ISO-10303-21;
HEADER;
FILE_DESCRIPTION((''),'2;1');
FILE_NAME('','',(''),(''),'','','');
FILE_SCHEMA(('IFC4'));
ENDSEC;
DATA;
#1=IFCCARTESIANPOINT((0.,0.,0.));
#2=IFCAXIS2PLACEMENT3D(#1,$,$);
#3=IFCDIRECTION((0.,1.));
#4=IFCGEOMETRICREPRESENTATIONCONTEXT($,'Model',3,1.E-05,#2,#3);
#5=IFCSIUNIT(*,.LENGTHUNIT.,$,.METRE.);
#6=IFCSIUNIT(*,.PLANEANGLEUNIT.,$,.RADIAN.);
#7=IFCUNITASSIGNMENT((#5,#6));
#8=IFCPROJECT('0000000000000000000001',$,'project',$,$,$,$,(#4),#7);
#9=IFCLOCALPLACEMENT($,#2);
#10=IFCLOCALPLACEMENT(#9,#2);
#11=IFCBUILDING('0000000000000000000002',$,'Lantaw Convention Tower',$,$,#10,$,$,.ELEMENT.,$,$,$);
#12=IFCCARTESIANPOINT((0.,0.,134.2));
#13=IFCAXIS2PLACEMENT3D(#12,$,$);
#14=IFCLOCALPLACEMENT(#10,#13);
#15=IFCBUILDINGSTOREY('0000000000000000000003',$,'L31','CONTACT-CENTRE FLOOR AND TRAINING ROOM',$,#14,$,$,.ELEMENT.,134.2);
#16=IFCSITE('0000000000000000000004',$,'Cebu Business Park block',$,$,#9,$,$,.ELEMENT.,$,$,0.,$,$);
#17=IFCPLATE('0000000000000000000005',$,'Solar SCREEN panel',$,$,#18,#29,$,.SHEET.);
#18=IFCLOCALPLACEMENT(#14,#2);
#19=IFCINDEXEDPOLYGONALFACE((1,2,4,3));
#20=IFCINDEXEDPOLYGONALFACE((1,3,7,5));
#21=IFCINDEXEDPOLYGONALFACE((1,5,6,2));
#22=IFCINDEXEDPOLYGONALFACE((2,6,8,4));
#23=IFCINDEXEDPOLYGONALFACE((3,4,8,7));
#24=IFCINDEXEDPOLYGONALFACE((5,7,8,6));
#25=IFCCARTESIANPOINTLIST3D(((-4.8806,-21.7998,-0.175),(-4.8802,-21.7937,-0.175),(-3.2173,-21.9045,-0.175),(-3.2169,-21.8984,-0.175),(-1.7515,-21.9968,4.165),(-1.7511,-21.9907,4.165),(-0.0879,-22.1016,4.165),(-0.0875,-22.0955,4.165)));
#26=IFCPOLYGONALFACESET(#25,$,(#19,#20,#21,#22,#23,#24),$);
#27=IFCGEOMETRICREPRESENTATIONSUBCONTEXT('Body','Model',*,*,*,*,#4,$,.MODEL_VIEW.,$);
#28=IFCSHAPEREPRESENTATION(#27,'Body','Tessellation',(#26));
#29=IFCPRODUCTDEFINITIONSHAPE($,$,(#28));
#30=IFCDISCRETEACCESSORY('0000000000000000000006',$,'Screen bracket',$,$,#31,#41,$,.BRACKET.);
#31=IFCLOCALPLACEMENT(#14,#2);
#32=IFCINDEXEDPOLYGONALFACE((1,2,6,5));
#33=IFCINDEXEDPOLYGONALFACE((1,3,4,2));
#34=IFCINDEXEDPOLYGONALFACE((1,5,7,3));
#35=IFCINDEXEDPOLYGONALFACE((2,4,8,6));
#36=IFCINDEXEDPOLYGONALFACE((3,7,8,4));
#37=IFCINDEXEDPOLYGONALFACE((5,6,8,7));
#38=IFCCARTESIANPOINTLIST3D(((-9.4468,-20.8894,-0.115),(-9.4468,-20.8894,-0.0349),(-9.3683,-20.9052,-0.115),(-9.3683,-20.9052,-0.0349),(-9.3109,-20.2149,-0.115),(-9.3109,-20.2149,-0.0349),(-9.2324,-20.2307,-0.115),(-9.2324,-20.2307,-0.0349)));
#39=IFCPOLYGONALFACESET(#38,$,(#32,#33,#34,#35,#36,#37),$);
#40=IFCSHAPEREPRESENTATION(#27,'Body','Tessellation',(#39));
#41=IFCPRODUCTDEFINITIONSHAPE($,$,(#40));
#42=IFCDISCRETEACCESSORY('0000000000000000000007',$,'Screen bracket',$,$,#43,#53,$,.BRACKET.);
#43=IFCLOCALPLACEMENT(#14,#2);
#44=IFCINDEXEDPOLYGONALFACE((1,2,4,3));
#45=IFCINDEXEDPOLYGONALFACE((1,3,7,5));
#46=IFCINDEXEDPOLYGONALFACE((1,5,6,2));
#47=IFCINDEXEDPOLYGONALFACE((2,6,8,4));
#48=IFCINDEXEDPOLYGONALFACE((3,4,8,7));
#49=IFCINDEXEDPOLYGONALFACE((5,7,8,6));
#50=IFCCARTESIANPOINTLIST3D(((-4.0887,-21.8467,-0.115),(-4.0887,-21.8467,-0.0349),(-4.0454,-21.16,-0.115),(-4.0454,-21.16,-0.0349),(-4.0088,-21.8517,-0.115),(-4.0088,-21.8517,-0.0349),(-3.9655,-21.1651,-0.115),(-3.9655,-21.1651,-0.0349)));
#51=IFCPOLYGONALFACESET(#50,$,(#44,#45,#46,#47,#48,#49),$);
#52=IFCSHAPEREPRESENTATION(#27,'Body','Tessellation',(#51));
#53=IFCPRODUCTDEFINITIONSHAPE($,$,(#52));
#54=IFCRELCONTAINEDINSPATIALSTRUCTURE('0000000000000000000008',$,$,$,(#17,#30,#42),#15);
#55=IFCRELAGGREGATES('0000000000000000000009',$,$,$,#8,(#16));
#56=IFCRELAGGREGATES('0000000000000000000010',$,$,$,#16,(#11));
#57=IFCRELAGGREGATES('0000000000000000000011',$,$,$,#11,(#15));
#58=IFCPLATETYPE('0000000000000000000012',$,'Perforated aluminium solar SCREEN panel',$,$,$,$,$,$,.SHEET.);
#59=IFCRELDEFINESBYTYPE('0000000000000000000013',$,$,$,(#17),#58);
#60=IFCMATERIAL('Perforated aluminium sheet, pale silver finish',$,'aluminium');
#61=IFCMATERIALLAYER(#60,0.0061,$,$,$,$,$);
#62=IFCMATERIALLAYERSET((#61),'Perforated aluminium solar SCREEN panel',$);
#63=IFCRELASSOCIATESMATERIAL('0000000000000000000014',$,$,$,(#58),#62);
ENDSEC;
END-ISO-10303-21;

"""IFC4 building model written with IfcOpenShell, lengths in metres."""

from ifc_helpers import new_model, si_unit, direction, frame, origin, origin_2d, place, context, subcontext, project, spatial, polyline, rectangle, outline, extrude, material, layer, layer_set, type_object, element, save


model = new_model("IFC4")

# Units and contexts
model_context = context("Model", 3, precision=1e-05, world=origin(), true_north=direction((0.0, 1.0)))
body_context = subcontext(model_context, "Body", "Model", "MODEL_VIEW")
ifc_project = project(units=[si_unit("LENGTHUNIT", "METRE"), si_unit("PLANEANGLEUNIT", "RADIAN")], contexts=[model_context])

# Site, building, storey
site_placement = place(None, origin())
site = spatial("IfcSite", under=ifc_project, at=site_placement, Name="Cebu Business Park block", CompositionType="ELEMENT", RefElevation=0.0)
building_placement = place(site_placement, origin())
building = spatial("IfcBuilding", under=site, at=building_placement, Name="Lantaw Convention Tower", CompositionType="ELEMENT")
storey_placement = place(building_placement, frame((0.0, 0.0, 134.2)))
storey = spatial("IfcBuildingStorey", under=building, at=storey_placement, Name="L31", Description="CONTACT-CENTRE FLOOR AND TRAINING ROOM", CompositionType="ELEMENT", Elevation=134.2)

# Plate
ifc_material_1 = material(Name="Perforated aluminium sheet, pale silver finish", Category="aluminium")
ifc_layer_1 = layer(ifc_material_1, 0.0061)
ifc_layer_set_1 = layer_set([ifc_layer_1], Name="Perforated aluminium solar SCREEN panel")
plate_type_1 = type_object("IfcPlateType", Name="Perforated aluminium solar SCREEN panel", PredefinedType="SHEET", material=ifc_layer_set_1)
plate_1_placement = place(storey_placement, frame((-4.8806, -21.7998, -0.175), z_axis=(-0.062839, -0.998024, 0.000002), x_axis=(0.998024, -0.062839, 0.0)))
element("IfcPlate", 1, at=plate_1_placement, inside=storey, type_object=plate_type_1, Name="Solar SCREEN panel", PredefinedType="SHEET", context=body_context, shape_type="SweptSolid", body=[
    extrude(outline(polyline([(0.0, 0.0), (1.6666, 0.0), (4.8022, 4.3401), (3.1353, 4.3401), (0.0, 0.0)])), origin(), (0.0, 0.0, -1.0), 0.0061),
])

# Discrete accessories
for number, where, z_axis, x_axis, name in (
    (2, (-9.3396, -20.5601, -0.115), (0.0, 0.0, 1.0), (0.980302, -0.197507, 0.0), "Screen bracket"),
    (3, (-4.0271, -21.5059, -0.115), (0.0, 0.0, 1.0), (0.998022, -0.062865, 0.0), "Screen bracket"),
):
    element("IfcDiscreteAccessory", number, at=place(storey_placement, frame(where, z_axis=z_axis, x_axis=x_axis)), inside=storey, Name=name, PredefinedType="BRACKET", context=body_context, shape_type="SweptSolid", body=[
        extrude(rectangle(XDim=0.0801, YDim=0.688, at=origin_2d()), origin(), (0.0, 0.0, 1.0), 0.0801),
    ])

save(model, "model.ifc")
